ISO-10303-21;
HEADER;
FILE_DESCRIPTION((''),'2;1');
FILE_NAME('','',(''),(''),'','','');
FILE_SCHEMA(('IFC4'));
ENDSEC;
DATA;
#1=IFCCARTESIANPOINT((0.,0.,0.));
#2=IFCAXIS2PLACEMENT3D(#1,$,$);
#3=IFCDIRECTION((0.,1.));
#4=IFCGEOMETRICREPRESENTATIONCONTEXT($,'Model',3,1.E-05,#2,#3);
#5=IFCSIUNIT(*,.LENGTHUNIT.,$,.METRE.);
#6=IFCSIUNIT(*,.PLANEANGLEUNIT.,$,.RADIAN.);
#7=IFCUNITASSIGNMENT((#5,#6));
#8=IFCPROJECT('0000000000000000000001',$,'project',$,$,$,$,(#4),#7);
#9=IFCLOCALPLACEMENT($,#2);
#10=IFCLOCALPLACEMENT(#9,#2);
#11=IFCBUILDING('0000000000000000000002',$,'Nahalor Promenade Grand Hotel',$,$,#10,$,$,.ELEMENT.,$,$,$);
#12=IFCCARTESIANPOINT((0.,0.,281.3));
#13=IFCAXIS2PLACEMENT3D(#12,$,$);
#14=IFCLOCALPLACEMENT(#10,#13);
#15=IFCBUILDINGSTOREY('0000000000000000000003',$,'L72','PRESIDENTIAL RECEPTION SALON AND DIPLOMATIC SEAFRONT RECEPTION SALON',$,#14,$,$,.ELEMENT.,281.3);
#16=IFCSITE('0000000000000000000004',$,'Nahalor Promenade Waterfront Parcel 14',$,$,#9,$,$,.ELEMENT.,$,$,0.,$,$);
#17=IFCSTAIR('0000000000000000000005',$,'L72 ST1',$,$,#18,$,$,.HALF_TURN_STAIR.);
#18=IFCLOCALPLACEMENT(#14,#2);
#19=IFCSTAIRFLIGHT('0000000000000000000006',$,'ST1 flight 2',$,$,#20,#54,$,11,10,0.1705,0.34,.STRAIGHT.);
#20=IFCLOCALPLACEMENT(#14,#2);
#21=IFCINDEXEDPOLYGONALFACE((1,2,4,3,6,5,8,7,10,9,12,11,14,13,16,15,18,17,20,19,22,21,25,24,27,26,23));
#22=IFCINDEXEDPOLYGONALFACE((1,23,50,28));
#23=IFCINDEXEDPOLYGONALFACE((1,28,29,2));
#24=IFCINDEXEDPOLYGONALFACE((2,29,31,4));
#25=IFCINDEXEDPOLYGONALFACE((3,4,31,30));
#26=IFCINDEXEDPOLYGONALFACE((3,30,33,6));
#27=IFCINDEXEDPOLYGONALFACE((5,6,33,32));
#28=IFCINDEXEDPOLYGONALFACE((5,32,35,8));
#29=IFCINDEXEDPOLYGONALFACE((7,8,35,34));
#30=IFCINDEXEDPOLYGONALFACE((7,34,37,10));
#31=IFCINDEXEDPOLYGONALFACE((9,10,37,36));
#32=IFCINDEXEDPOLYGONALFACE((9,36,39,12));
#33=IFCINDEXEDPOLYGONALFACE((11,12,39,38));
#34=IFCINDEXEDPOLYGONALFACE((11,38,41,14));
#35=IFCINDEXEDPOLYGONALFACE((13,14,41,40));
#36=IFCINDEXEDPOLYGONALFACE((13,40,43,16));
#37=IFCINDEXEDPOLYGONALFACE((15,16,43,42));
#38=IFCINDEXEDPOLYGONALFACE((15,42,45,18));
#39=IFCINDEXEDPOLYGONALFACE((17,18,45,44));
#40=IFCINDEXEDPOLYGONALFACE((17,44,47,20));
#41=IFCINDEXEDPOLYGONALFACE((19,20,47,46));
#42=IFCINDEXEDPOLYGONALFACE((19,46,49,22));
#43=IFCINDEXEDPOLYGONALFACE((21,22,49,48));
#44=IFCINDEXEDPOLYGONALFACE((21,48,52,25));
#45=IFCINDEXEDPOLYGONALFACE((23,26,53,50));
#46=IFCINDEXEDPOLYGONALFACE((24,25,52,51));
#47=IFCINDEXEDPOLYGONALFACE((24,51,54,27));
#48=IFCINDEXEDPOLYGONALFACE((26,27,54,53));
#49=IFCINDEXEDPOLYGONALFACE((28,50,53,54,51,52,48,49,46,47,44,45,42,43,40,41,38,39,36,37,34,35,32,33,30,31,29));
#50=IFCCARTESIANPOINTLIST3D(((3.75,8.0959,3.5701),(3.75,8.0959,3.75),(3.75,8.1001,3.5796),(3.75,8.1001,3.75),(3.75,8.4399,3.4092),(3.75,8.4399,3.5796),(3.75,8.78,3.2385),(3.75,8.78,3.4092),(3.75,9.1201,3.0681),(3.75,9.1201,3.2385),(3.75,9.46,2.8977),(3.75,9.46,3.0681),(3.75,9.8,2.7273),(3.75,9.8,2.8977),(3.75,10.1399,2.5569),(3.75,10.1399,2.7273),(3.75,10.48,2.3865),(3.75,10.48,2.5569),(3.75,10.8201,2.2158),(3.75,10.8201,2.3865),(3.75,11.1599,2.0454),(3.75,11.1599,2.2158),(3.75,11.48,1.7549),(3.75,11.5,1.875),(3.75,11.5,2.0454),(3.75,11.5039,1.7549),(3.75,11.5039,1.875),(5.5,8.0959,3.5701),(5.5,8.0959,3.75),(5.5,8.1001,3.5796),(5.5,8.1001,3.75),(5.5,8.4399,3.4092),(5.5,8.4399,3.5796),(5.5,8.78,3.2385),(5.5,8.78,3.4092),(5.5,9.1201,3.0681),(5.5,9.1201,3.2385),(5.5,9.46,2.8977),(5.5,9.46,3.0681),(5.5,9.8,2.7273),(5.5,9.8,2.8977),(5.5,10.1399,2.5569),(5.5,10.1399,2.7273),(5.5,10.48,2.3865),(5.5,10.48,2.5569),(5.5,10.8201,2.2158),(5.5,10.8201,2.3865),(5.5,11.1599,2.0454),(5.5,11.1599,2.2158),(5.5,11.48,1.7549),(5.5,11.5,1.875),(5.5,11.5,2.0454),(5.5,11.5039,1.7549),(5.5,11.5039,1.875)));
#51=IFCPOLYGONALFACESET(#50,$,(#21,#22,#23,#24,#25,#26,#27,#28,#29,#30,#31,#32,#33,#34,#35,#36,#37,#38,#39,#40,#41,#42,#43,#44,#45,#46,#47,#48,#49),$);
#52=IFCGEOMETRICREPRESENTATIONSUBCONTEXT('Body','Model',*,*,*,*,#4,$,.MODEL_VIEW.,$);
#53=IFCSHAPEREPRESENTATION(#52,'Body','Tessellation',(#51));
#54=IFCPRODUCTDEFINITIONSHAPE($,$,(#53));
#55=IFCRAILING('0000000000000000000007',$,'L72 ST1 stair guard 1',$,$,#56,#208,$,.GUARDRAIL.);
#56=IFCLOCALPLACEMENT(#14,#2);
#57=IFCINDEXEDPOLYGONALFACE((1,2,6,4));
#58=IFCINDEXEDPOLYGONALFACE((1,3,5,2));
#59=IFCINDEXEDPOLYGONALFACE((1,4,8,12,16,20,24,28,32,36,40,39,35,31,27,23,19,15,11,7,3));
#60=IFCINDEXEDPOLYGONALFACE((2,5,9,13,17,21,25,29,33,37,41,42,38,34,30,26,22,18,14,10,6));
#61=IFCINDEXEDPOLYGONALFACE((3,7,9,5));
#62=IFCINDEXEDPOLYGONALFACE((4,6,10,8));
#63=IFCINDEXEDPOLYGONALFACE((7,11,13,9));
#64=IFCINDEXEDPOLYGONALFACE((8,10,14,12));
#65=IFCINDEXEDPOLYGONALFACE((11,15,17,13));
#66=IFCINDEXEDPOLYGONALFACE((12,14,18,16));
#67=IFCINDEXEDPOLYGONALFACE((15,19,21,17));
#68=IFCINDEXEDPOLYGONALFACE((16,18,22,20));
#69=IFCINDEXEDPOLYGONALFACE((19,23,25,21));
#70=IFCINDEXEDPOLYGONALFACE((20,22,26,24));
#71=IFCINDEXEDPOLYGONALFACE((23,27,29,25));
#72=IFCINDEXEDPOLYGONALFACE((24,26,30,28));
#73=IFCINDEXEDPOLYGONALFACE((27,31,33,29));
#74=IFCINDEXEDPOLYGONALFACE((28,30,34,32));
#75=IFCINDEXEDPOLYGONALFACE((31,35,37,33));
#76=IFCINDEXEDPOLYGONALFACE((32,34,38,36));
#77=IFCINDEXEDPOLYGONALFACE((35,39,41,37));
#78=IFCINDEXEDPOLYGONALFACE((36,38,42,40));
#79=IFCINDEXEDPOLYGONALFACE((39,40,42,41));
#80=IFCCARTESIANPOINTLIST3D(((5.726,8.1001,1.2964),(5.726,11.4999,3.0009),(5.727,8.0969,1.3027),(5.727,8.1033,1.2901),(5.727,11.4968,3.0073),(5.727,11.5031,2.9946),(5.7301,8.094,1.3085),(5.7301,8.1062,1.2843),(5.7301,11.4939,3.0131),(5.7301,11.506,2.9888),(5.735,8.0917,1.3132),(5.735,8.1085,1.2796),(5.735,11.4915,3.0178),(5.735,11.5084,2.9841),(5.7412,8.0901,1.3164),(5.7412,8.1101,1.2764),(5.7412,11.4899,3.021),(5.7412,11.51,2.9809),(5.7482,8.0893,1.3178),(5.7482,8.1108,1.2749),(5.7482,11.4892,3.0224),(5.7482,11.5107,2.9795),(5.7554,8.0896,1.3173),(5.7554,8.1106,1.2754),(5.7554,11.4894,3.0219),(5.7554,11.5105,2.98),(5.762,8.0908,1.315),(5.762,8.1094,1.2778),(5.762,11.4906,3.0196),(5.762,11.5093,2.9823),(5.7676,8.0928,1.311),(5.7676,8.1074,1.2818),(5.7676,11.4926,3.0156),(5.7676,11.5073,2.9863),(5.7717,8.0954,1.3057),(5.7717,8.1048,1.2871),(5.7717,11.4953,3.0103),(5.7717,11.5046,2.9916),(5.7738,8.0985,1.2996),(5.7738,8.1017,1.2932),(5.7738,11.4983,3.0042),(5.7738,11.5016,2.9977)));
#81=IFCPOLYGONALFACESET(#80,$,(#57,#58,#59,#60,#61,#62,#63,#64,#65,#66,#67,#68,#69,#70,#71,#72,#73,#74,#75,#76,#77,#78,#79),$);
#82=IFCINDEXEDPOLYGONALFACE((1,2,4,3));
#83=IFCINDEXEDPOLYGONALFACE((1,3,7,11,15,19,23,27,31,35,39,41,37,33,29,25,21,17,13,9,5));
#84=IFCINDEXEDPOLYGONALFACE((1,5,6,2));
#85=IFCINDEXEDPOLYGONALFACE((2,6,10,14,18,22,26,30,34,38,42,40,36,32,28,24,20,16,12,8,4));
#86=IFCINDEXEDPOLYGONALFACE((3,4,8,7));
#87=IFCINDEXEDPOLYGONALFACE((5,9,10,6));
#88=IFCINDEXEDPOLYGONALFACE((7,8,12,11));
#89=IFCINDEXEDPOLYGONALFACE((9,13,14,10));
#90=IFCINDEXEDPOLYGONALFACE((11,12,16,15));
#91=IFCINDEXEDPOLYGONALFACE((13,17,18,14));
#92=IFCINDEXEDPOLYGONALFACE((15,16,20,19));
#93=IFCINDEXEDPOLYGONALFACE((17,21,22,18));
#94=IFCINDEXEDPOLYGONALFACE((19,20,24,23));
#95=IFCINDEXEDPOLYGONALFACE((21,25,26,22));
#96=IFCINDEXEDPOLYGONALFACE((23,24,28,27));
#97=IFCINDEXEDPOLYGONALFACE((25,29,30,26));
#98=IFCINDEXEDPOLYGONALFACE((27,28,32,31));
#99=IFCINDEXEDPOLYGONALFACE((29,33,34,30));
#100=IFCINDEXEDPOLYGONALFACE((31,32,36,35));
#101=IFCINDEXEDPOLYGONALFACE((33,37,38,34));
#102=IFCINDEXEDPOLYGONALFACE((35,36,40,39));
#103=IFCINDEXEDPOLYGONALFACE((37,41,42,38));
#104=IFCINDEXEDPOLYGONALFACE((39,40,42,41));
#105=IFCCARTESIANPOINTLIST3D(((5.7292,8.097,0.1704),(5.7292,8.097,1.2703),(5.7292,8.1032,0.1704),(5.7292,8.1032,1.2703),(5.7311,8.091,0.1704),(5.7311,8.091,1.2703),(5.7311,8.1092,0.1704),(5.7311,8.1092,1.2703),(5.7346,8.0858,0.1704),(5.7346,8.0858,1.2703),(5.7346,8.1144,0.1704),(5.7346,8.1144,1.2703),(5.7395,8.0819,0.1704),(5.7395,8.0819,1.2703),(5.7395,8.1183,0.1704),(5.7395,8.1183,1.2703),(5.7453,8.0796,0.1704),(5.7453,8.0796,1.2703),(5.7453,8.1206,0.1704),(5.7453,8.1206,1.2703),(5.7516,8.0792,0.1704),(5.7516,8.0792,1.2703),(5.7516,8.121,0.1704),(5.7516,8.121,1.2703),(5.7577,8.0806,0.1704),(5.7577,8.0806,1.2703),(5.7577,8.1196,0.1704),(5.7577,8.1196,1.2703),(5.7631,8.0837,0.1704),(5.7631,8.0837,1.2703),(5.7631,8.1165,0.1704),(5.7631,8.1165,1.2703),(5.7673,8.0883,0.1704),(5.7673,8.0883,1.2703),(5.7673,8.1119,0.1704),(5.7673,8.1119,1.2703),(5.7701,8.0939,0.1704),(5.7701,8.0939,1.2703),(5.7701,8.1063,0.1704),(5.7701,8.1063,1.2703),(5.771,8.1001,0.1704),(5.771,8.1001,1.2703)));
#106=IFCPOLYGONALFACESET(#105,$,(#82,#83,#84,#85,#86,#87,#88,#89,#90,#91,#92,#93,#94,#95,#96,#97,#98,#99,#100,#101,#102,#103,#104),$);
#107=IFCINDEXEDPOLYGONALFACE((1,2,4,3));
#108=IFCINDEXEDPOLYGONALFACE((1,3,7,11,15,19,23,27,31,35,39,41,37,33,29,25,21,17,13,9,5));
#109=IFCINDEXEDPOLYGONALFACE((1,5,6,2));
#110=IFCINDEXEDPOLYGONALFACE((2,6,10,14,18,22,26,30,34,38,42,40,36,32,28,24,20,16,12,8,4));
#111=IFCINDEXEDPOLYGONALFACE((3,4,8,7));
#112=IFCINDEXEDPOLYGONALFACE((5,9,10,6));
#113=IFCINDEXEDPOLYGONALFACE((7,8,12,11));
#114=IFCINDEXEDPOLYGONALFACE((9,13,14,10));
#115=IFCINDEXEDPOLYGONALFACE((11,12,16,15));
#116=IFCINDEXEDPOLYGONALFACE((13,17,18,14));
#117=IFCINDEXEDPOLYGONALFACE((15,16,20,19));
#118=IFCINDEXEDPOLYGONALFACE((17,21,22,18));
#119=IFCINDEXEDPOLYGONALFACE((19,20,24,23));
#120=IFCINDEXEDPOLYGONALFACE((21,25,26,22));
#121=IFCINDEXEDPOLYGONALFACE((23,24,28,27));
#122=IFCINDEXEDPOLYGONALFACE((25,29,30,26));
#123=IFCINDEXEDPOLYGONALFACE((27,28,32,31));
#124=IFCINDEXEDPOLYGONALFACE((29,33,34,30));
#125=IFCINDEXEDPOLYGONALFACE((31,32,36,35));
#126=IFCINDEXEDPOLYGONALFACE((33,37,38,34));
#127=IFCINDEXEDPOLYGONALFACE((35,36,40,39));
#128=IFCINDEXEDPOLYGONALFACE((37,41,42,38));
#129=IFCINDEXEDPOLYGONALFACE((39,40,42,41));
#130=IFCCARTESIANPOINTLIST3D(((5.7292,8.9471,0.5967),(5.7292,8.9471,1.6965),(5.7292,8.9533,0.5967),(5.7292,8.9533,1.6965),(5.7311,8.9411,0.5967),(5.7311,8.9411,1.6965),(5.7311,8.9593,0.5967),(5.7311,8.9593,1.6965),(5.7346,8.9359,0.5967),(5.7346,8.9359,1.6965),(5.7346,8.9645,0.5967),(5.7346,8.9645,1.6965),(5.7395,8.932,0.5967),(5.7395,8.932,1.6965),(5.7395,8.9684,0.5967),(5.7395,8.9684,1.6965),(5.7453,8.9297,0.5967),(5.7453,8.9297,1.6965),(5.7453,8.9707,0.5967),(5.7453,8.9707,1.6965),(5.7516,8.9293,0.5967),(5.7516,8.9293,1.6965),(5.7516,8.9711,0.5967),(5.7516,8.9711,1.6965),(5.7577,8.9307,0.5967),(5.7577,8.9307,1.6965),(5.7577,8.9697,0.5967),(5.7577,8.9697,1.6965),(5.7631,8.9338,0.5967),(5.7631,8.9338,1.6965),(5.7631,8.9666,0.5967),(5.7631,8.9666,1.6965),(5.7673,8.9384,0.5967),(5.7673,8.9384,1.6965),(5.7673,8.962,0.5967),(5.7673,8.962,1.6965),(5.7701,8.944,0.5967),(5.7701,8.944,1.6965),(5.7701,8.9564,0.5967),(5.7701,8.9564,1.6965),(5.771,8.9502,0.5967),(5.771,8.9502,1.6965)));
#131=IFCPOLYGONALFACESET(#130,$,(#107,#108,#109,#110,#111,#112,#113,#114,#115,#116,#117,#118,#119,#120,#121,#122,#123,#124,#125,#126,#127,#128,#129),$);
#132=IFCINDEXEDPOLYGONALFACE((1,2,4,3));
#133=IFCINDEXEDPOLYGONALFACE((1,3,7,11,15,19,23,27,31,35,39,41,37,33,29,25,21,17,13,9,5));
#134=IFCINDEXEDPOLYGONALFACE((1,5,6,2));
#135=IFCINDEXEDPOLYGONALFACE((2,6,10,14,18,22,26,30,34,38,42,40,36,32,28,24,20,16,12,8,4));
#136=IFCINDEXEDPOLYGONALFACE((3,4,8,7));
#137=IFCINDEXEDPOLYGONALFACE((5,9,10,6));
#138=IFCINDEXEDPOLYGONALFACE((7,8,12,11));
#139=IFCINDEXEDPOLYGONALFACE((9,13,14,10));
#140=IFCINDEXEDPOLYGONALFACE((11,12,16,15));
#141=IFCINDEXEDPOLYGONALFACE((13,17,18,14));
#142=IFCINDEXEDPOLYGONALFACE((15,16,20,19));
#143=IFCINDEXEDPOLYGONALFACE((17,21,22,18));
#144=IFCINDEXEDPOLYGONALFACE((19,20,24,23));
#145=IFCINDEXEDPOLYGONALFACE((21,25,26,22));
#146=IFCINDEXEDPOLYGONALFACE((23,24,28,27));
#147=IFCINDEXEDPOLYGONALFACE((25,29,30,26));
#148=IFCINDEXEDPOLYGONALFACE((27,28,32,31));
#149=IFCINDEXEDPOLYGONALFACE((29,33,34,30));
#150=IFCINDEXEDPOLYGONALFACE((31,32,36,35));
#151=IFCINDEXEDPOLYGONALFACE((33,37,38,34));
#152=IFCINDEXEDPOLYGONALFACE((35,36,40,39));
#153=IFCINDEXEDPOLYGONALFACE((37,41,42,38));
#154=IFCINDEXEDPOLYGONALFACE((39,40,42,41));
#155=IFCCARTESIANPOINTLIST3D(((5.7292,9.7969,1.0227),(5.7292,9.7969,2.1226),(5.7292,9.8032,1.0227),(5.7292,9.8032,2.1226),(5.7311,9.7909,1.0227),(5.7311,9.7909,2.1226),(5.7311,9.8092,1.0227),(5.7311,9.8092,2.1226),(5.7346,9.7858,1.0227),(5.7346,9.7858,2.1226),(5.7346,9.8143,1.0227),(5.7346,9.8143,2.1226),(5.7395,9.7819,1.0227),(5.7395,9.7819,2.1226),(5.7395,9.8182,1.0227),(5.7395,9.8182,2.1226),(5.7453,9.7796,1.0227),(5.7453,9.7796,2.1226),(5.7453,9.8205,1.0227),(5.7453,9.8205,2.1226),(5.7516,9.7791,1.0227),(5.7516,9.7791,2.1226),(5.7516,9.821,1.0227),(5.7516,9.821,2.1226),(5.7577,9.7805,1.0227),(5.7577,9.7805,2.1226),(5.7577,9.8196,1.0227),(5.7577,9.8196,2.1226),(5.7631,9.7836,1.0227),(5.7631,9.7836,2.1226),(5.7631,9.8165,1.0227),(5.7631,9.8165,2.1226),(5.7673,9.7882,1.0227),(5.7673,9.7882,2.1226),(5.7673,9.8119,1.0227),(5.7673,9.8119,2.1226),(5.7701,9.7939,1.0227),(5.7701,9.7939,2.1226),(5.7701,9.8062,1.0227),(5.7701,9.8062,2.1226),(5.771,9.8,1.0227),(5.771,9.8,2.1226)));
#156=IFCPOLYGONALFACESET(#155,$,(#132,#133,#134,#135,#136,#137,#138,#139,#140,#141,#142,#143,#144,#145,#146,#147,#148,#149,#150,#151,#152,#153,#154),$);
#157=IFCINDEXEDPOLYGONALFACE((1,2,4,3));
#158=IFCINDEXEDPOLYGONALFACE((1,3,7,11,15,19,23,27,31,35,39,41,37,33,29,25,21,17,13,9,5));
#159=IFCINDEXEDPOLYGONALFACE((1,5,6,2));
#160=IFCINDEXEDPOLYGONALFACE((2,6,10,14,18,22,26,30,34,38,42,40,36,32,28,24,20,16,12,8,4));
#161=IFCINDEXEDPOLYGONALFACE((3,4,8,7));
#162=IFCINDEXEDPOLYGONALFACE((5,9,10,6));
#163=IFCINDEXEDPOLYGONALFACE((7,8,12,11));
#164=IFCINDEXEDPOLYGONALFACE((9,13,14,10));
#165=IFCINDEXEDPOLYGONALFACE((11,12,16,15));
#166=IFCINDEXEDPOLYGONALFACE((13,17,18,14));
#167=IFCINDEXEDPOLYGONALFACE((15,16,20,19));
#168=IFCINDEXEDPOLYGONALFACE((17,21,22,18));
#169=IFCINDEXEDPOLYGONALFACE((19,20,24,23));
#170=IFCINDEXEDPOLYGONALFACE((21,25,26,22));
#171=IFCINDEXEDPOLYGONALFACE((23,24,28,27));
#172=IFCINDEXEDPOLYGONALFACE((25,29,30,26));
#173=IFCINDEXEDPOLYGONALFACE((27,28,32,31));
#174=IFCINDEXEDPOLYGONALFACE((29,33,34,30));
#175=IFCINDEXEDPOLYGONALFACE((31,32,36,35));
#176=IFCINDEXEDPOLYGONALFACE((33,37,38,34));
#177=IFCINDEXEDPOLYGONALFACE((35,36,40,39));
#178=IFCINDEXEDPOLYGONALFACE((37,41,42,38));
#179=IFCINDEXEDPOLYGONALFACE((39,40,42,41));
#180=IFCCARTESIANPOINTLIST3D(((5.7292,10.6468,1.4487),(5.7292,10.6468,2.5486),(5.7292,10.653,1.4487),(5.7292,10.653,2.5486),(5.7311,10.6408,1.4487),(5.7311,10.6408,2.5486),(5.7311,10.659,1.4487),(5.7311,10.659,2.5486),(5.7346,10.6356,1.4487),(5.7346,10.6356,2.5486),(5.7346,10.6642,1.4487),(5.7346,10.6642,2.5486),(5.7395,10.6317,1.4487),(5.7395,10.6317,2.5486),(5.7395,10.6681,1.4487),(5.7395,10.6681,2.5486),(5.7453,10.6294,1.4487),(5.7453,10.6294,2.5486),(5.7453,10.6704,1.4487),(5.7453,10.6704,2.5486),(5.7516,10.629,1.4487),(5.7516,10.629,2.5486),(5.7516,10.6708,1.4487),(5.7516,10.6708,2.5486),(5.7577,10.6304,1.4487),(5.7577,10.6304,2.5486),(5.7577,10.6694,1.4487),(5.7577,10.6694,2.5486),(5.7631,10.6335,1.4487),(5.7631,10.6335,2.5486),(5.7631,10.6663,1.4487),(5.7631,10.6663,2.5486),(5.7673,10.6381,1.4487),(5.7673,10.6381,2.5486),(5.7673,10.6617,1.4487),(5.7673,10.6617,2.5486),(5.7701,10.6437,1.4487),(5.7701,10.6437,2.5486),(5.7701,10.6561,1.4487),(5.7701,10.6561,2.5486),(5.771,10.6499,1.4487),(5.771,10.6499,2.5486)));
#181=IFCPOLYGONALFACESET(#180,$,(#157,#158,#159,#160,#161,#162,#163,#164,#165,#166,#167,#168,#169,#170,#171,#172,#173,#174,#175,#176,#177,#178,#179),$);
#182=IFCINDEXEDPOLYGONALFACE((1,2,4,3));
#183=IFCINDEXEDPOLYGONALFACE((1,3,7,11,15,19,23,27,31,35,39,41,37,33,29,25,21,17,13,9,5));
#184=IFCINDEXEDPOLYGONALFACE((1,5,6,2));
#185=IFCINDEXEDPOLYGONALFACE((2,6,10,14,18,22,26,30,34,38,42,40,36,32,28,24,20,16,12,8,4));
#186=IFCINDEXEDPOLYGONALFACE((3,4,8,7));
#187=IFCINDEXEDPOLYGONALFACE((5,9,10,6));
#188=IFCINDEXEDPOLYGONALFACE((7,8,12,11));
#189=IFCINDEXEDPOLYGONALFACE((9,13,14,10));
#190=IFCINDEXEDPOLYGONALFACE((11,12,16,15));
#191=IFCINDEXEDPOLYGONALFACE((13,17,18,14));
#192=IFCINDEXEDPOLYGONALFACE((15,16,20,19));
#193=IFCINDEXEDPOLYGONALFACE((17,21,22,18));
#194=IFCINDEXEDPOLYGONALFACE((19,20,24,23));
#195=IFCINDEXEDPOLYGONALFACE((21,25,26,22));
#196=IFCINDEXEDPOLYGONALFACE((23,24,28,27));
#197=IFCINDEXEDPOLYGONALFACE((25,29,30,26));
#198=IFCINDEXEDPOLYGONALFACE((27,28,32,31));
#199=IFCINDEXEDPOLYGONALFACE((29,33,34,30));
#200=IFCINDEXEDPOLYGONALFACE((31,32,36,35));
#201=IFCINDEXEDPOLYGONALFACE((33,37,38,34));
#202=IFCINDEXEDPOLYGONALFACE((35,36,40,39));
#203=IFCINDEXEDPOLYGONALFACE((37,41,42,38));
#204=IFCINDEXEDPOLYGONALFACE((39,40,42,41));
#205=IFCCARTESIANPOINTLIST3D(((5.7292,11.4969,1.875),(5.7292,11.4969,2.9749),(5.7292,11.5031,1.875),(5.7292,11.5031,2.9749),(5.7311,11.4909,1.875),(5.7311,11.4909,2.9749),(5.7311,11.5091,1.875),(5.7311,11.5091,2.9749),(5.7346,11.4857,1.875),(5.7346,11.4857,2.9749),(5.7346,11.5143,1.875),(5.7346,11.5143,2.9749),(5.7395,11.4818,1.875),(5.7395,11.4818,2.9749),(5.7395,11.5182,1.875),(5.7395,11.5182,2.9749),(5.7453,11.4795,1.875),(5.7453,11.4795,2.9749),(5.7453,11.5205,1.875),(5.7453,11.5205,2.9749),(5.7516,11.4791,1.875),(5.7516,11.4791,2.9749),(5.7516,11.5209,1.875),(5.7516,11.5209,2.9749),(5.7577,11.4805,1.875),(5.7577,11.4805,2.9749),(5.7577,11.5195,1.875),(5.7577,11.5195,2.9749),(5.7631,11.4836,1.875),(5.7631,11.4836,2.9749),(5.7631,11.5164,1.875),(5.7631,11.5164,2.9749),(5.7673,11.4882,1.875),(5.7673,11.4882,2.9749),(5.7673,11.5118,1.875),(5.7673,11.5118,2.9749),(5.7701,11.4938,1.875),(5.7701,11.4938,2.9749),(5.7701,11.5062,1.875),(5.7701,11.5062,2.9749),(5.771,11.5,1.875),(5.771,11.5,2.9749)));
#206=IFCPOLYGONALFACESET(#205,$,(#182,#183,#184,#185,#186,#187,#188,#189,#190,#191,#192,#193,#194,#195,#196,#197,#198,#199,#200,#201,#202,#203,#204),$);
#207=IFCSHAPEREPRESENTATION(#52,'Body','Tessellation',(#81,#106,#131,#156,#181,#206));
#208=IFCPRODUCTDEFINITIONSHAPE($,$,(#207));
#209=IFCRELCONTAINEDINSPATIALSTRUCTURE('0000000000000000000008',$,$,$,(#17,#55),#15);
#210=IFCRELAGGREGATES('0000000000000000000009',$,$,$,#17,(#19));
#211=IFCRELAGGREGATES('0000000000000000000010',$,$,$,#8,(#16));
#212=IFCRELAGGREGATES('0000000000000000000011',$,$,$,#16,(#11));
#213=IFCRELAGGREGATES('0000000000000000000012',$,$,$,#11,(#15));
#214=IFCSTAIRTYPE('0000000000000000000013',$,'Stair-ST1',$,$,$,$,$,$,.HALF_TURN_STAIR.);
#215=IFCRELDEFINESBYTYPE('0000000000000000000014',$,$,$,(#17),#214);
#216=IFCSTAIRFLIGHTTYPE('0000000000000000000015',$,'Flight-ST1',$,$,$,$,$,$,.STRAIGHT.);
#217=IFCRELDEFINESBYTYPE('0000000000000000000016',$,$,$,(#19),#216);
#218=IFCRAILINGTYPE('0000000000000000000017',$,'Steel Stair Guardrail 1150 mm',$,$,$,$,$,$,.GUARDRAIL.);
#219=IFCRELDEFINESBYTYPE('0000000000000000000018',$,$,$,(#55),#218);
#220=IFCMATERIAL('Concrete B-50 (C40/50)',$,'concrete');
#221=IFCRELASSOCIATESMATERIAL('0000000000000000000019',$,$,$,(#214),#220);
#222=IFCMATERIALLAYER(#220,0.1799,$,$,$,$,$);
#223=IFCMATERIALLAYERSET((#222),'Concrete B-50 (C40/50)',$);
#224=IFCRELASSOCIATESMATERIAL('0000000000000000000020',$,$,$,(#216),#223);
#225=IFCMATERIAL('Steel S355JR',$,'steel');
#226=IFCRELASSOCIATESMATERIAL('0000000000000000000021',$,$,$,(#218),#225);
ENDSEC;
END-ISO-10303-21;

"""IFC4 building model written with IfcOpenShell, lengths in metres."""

from ifc_helpers import new_model, si_unit, direction, frame, origin, origin_2d, place, context, subcontext, project, spatial, polyline, circle, outline, extrude, source, transform, mapped, material, layer, layer_set, type_object, element, aggregate, save


model = new_model("IFC4")

# Units and contexts
model_context = context("Model", 3, precision=1e-05, world=origin(), true_north=direction((0.0, 1.0)))
body_context = subcontext(model_context, "Body", "Model", "MODEL_VIEW")
ifc_project = project(units=[si_unit("LENGTHUNIT", "METRE"), si_unit("PLANEANGLEUNIT", "RADIAN")], contexts=[model_context])

# Site, building, storey
site_placement = place(None, origin())
site = spatial("IfcSite", under=ifc_project, at=site_placement, Name="Nahalor Promenade Waterfront Parcel 14", CompositionType="ELEMENT", RefElevation=0.0)
building_placement = place(site_placement, origin())
building = spatial("IfcBuilding", under=site, at=building_placement, Name="Nahalor Promenade Grand Hotel", CompositionType="ELEMENT")
storey_placement = place(building_placement, frame((0.0, 0.0, 281.3)))
storey = spatial("IfcBuildingStorey", under=building, at=storey_placement, Name="L72", Description="PRESIDENTIAL RECEPTION SALON AND DIPLOMATIC SEAFRONT RECEPTION SALON", CompositionType="ELEMENT", Elevation=281.3)

# Shared definitions
ifc_material_1 = material(Name="Steel S355JR", Category="steel")

# Shared definitions
ifc_material_2 = material(Name="Concrete B-50 (C40/50)", Category="concrete")

# Stair, stair flight
stair_type = type_object("IfcStairType", Name="Stair-ST1", PredefinedType="HALF_TURN_STAIR", material=ifc_material_2)
stair_placement = place(storey_placement, origin())
stair = element("IfcStair", 1, at=stair_placement, inside=storey, type_object=stair_type, Name="L72 ST1", PredefinedType="HALF_TURN_STAIR")
ifc_layer_1 = layer(ifc_material_2, 0.1799)
ifc_layer_set_1 = layer_set([ifc_layer_1], Name="Concrete B-50 (C40/50)")
stair_flight_type = type_object("IfcStairFlightType", Name="Flight-ST1", PredefinedType="STRAIGHT", material=ifc_layer_set_1)
shared_shape_1 = source(origin(), body_context, "Body", "SweptSolid", [
    extrude(outline(polyline([(-0.0039, -0.1201), (-0.0039, 0.0), (0.0, 0.0), (0.0, 0.1704), (0.3401, 0.1704), (0.3401, 0.3408), (0.6799, 0.3408), (0.6799, 0.5115), (1.02, 0.5115), (1.02, 0.6819), (1.3601, 0.6819), (1.3601, 0.8523), (1.7, 0.8523), (1.7, 1.0227), (2.04, 1.0227), (2.04, 1.1931), (2.3799, 1.1931), (2.3799, 1.3635), (2.72, 1.3635), (2.72, 1.5342), (3.0601, 1.5342), (3.0601, 1.7046), (3.3999, 1.7046), (3.3999, 1.875), (3.4041, 1.875), (3.4041, 1.6951), (0.02, -0.1201), (-0.0039, -0.1201)])), frame((0.0, 0.875, 0.0), z_axis=(0.0, -1.0, 0.0), x_axis=(1.0, 0.0, 0.0)), (0.0, 0.0, 1.0), 1.75),
])
stair_flight_1_placement = place(storey_placement, frame((4.625, 11.5, 1.875), z_axis=(0.0, 0.0, 1.0), x_axis=(0.0, -1.0, 0.0)))
stair_flight_1 = element("IfcStairFlight", 2, at=stair_flight_1_placement, type_object=stair_flight_type, Name="ST1 flight 2", NumberOfRisers=11, NumberOfTreads=10, PredefinedType="STRAIGHT", RiserHeight=0.1705, TreadLength=0.34, context=body_context, shape_type="MappedRepresentation", body=[
    mapped(shared_shape_1, transform((0.0, 0.0, 0.0), scale=1.0)),
])
aggregate(stair, [stair_flight_1])

# Railing
railing_type_1 = type_object("IfcRailingType", Name="Steel Stair Guardrail 1150 mm", PredefinedType="GUARDRAIL", material=ifc_material_1)
railing_1_placement = place(storey_placement, frame((5.75, 8.1001, 0.1704)))
element("IfcRailing", 3, at=railing_1_placement, inside=storey, type_object=railing_type_1, Name="L72 ST1 stair guard 1", PredefinedType="GUARDRAIL", context=body_context, shape_type="SweptSolid", body=[
    extrude(circle(Radius=0.024, at=origin_2d()), frame((0.0, 0.0, 1.126), z_axis=(0.0, 0.893939, 0.448189), x_axis=(-1.0, 0.0, 0.0)), (0.0, 0.0, 1.0), 3.8032),
    extrude(circle(Radius=0.021, at=origin_2d()), origin(), (0.0, 0.0, 1.0), 1.0999),
    extrude(circle(Radius=0.021, at=origin_2d()), frame((0.0, 0.8501, 0.4263)), (0.0, 0.0, 1.0), 1.0999),
    extrude(circle(Radius=0.021, at=origin_2d()), frame((0.0, 1.7, 0.8523)), (0.0, 0.0, 1.0), 1.0999),
    extrude(circle(Radius=0.021, at=origin_2d()), frame((0.0, 2.5498, 1.2783)), (0.0, 0.0, 1.0), 1.0999),
    extrude(circle(Radius=0.021, at=origin_2d()), frame((0.0, 3.3999, 1.7046)), (0.0, 0.0, 1.0), 1.0999),
])

save(model, "model.ifc")
